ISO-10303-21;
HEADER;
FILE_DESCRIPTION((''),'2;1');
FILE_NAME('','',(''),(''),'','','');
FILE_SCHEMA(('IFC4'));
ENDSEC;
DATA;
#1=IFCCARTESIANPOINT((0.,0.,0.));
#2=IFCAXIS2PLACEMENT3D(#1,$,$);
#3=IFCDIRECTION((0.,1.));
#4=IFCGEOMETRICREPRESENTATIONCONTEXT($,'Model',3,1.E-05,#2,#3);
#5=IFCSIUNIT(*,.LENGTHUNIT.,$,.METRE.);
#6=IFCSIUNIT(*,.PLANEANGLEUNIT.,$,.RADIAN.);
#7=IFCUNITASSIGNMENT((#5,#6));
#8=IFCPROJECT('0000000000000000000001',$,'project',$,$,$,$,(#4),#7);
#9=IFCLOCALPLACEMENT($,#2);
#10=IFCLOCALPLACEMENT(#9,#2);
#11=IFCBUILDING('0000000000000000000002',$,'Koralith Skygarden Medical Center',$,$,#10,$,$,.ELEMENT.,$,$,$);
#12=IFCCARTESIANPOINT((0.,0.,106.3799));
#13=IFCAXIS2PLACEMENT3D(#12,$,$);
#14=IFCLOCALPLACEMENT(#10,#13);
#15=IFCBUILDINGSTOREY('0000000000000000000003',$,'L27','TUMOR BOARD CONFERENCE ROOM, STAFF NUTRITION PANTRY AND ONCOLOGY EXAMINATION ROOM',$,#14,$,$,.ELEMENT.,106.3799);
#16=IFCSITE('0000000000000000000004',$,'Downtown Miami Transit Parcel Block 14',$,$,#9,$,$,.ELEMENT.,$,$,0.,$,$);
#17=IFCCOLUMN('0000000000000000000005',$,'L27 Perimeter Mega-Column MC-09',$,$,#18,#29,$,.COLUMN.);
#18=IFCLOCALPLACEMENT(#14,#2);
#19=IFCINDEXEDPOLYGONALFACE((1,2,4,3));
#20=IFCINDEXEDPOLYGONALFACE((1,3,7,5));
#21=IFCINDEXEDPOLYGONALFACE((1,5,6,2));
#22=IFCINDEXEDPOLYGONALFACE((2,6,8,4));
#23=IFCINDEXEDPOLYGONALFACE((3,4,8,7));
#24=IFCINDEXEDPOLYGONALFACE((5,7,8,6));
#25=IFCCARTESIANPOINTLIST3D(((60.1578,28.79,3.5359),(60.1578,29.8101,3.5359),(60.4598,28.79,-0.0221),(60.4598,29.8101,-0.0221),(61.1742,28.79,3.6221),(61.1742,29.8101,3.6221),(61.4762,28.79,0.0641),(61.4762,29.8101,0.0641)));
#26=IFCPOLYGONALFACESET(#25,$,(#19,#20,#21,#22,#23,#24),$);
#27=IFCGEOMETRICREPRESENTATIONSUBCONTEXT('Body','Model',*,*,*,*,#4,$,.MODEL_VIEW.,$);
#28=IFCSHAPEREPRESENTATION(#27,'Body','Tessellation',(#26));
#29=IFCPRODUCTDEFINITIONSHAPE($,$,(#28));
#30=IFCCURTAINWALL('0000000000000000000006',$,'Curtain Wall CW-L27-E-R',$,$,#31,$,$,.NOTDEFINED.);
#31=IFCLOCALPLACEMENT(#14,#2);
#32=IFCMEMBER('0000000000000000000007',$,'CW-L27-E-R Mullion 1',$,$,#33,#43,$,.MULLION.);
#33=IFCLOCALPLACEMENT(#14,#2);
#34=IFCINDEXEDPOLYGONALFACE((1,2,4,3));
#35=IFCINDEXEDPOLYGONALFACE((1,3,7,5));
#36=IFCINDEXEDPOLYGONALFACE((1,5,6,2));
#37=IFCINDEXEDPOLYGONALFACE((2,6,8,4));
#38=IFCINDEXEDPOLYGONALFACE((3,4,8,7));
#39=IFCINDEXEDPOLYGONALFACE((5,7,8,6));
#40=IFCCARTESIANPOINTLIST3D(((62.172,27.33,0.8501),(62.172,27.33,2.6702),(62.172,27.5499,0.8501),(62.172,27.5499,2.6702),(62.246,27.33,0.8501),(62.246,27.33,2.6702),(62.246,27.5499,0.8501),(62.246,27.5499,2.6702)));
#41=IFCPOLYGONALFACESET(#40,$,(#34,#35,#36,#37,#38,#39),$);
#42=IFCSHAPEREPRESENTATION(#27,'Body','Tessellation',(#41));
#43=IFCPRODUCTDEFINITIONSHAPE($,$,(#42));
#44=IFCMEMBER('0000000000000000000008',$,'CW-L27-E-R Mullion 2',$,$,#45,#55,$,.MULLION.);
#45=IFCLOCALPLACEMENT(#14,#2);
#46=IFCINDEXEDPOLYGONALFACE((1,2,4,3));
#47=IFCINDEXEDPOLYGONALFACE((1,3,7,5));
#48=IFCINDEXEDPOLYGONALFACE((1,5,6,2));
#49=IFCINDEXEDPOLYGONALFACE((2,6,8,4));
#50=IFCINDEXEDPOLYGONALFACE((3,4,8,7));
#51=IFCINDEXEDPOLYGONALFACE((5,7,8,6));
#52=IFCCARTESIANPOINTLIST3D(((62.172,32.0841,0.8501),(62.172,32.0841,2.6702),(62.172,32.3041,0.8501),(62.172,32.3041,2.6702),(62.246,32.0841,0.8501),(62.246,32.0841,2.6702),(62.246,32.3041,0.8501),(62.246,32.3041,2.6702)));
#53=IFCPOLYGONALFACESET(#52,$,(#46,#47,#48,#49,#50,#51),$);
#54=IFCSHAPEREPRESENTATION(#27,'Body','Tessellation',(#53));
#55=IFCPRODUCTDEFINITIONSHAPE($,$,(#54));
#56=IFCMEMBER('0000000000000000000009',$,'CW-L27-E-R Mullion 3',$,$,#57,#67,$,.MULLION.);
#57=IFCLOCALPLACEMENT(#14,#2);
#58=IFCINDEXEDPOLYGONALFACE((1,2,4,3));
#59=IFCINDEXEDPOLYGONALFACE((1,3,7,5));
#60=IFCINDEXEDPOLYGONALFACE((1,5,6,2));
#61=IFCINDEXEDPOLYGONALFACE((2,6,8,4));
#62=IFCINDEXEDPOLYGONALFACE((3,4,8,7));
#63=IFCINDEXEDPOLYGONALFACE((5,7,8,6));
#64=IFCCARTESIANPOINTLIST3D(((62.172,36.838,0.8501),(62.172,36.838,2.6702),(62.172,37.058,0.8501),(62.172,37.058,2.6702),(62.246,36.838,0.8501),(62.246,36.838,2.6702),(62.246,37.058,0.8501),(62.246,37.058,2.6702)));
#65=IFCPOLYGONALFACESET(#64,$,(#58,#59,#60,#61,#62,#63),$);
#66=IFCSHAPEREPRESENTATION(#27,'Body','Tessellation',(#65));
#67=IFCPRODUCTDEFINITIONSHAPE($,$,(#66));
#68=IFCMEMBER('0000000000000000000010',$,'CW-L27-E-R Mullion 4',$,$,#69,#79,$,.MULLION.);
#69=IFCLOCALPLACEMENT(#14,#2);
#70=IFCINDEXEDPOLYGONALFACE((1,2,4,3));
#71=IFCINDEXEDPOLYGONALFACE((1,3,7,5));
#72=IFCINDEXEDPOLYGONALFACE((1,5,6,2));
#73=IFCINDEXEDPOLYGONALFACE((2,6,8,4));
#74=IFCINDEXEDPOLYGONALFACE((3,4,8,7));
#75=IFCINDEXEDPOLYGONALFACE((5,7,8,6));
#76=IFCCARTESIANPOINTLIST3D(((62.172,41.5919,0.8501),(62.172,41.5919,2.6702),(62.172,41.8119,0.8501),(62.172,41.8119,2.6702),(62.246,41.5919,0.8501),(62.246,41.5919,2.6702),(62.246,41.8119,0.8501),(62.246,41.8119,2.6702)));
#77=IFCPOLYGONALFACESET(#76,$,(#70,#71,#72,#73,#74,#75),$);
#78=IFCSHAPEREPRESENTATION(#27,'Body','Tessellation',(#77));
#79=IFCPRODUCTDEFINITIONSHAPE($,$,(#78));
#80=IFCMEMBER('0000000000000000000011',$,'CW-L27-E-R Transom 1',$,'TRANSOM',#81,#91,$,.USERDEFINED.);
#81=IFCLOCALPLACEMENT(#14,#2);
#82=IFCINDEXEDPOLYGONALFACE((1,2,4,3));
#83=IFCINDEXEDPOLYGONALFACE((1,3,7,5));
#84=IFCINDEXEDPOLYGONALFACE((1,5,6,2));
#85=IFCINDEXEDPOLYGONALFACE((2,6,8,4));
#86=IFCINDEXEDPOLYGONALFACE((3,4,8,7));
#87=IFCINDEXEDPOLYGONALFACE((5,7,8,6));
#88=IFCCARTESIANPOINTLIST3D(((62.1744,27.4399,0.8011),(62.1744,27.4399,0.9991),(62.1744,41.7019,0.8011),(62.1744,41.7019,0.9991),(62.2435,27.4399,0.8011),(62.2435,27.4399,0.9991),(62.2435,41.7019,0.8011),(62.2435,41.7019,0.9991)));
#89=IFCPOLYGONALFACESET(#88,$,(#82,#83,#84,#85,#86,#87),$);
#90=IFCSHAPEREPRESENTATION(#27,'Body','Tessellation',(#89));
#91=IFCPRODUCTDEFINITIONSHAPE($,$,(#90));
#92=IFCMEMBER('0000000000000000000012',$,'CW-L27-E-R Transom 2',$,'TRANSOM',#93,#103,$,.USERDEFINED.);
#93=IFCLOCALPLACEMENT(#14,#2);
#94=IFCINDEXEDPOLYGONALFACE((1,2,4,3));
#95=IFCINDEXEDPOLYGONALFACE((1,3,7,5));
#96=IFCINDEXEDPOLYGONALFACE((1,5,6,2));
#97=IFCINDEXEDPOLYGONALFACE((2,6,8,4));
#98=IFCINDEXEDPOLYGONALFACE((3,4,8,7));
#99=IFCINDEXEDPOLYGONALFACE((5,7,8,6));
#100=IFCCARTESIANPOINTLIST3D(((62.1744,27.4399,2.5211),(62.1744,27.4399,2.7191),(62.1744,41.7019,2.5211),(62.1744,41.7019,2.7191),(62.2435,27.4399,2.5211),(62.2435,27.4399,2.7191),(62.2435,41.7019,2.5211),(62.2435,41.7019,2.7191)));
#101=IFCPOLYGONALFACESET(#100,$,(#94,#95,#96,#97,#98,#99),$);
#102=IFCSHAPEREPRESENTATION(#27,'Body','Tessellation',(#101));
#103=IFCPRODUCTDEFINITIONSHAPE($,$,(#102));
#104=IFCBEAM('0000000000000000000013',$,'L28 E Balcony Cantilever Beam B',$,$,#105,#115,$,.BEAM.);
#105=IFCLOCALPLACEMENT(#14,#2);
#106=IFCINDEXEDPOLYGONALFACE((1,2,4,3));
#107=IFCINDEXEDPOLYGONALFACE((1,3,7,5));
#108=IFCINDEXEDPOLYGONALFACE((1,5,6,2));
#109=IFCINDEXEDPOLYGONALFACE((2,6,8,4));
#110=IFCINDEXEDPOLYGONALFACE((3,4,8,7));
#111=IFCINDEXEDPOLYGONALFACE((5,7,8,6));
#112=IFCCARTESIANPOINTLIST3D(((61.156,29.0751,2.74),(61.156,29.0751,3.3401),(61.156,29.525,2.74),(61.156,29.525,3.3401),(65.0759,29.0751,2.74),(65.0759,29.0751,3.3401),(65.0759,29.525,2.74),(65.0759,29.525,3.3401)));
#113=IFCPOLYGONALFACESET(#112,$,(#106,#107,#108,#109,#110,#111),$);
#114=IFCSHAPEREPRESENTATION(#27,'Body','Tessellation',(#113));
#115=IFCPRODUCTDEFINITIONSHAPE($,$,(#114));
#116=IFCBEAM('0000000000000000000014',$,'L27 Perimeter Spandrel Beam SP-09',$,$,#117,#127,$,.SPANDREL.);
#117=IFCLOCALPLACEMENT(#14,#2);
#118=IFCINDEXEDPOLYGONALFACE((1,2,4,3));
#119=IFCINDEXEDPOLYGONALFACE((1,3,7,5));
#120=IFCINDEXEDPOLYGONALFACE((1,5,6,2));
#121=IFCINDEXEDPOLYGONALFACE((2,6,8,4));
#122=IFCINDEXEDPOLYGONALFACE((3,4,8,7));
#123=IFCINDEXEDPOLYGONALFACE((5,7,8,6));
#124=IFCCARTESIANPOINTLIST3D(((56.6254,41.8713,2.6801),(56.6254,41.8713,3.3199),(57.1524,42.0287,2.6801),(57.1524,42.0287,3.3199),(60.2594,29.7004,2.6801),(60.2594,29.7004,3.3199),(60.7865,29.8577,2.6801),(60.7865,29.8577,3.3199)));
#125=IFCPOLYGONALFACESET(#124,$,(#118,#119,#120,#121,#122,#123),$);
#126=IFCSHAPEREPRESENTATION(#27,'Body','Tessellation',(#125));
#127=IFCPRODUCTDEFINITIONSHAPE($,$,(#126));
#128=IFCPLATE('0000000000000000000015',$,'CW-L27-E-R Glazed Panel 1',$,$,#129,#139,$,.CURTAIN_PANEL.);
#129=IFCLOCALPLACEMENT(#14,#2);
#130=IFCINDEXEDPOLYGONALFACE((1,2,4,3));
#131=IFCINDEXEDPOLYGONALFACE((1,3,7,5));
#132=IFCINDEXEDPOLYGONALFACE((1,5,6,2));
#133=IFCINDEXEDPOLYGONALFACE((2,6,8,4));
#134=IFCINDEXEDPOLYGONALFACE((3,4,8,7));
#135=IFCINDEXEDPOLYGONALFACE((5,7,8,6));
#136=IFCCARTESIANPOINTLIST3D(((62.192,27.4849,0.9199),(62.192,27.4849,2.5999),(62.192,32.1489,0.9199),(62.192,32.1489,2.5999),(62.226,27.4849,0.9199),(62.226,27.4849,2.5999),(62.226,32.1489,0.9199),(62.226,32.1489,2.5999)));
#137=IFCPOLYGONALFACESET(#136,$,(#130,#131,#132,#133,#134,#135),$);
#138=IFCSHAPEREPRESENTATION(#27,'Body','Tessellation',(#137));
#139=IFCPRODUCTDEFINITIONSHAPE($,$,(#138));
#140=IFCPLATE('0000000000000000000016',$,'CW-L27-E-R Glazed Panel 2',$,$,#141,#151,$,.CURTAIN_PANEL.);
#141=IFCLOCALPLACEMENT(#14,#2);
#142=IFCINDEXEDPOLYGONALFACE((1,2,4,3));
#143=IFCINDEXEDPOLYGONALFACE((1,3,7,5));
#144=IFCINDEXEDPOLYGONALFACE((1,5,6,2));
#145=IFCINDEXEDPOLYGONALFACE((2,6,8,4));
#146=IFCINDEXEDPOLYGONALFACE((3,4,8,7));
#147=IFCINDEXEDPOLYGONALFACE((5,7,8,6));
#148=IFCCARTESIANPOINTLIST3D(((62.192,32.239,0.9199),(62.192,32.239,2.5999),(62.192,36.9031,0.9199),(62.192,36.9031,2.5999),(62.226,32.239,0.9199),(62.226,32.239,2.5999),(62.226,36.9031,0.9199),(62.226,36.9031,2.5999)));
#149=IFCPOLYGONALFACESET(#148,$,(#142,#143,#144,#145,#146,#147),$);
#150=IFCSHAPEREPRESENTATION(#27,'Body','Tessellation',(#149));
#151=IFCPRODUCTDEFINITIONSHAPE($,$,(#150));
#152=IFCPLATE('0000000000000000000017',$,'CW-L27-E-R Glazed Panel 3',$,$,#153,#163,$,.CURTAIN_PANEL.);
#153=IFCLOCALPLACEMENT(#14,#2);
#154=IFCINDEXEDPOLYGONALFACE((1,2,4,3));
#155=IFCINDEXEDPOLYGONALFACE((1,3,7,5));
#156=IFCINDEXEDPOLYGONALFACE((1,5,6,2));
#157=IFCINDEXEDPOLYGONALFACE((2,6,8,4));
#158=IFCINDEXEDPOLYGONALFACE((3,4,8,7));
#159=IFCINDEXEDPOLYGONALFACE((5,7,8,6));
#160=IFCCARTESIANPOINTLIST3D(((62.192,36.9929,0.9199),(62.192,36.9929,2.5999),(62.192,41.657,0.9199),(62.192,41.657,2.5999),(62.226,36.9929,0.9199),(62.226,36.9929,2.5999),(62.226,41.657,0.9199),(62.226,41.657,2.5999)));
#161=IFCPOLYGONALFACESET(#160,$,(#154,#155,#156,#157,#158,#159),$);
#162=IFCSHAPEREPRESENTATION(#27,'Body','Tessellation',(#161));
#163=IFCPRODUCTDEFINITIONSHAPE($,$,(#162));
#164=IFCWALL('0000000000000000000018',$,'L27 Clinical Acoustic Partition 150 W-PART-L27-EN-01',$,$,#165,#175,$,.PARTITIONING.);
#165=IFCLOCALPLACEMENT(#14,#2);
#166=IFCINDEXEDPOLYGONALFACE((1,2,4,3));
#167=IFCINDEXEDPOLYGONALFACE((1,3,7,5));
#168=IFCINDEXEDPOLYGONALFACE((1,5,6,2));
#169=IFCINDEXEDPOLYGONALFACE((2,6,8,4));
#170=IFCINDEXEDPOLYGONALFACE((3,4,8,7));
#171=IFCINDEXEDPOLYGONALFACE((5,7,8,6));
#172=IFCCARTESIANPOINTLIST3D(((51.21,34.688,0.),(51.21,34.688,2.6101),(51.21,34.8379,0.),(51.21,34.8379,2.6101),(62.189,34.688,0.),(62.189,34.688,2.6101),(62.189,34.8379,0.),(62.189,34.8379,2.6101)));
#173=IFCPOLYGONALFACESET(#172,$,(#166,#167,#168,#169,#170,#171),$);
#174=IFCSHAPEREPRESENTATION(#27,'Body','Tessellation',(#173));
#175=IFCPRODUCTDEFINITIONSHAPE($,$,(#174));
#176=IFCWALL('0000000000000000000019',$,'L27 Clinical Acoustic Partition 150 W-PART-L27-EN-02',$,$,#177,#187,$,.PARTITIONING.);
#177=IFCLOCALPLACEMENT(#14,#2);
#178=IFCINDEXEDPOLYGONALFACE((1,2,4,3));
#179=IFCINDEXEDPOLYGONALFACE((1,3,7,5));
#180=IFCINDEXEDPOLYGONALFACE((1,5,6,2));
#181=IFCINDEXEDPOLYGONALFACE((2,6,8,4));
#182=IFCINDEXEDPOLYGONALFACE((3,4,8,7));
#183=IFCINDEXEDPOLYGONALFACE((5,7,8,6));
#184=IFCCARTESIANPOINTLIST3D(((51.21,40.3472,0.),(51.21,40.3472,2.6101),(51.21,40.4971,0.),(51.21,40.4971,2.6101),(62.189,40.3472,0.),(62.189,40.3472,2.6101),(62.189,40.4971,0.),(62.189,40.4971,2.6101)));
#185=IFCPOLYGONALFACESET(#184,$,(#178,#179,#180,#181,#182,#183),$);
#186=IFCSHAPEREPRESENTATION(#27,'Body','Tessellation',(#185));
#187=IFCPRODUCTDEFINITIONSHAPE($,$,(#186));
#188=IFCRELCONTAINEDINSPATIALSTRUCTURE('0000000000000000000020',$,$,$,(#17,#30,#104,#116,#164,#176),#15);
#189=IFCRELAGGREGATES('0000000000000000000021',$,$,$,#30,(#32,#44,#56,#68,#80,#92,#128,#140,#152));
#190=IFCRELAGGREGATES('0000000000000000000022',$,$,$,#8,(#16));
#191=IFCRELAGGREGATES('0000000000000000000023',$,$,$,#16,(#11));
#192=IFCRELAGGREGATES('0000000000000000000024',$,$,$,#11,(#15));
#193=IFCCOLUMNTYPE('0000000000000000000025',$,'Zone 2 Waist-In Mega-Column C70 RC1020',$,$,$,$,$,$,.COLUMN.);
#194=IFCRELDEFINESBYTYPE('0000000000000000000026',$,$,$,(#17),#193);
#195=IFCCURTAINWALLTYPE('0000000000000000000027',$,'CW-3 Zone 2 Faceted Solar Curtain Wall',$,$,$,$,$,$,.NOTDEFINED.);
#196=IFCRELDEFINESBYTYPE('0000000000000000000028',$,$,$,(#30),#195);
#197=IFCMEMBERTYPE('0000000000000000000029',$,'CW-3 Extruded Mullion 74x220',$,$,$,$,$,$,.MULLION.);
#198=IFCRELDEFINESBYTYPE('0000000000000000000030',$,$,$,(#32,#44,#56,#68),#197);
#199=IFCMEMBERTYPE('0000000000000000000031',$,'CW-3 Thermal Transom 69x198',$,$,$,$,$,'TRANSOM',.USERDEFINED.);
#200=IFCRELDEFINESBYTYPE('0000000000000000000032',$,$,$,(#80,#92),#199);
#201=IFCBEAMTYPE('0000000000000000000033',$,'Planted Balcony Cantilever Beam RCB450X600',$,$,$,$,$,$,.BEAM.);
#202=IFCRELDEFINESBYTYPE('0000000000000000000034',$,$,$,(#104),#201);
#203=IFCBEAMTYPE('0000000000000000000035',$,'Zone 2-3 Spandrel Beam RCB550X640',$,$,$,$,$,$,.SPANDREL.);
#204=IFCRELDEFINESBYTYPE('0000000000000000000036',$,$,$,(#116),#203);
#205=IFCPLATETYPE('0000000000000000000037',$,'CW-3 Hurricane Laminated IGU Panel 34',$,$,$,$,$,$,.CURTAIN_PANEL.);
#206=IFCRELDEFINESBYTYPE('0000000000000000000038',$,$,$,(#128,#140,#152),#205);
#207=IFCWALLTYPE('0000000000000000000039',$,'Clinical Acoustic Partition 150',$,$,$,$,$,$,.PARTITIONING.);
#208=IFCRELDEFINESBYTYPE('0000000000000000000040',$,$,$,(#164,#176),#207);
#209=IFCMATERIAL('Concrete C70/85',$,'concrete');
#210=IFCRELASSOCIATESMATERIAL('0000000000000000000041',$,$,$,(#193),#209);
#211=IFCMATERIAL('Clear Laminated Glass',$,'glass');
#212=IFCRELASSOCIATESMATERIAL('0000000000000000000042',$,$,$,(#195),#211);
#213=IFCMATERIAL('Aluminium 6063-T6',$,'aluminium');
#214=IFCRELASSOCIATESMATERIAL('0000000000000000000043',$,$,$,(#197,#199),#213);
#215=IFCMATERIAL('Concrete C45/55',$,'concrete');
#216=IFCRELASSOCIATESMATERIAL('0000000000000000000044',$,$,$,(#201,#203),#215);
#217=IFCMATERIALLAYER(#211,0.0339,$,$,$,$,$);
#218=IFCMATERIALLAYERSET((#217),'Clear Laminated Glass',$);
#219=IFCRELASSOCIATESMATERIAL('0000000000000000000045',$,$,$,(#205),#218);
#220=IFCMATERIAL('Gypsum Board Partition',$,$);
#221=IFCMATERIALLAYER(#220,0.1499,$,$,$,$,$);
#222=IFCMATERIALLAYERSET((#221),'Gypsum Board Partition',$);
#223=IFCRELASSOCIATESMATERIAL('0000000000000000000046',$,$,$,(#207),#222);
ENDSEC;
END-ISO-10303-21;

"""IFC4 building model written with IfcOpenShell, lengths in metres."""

from ifc_helpers import new_model, si_unit, direction, frame, frame_2d, origin, origin_2d, place, context, subcontext, project, spatial, rectangle, extrude, material, layer, layer_set, material_profile, profile_set, type_object, element, aggregate, save


model = new_model("IFC4")

# Units and contexts
model_context = context("Model", 3, precision=1e-05, world=origin(), true_north=direction((0.0, 1.0)))
body_context = subcontext(model_context, "Body", "Model", "MODEL_VIEW")
ifc_project = project(units=[si_unit("LENGTHUNIT", "METRE"), si_unit("PLANEANGLEUNIT", "RADIAN")], contexts=[model_context])

# Site, building, storey
site_placement = place(None, origin())
site = spatial("IfcSite", under=ifc_project, at=site_placement, Name="Downtown Miami Transit Parcel Block 14", CompositionType="ELEMENT", RefElevation=0.0)
building_placement = place(site_placement, origin())
building = spatial("IfcBuilding", under=site, at=building_placement, Name="Koralith Skygarden Medical Center", CompositionType="ELEMENT")
storey_placement = place(building_placement, frame((0.0, 0.0, 106.3799)))
storey = spatial("IfcBuildingStorey", under=building, at=storey_placement, Name="L27", Description="TUMOR BOARD CONFERENCE ROOM, STAFF NUTRITION PANTRY AND ONCOLOGY EXAMINATION ROOM", CompositionType="ELEMENT", Elevation=106.3799)

# Column
ifc_material_1 = material(Name="Concrete C70/85", Category="concrete")
ifc_material_profile_1 = material_profile(ifc_material_1, rectangle(XDim=1.02, YDim=1.02, at=origin_2d()), Name="RC1020X1020")
ifc_profile_set_1 = profile_set([ifc_material_profile_1], Name="Concrete C70/85")
column_type = type_object("IfcColumnType", Name="Zone 2 Waist-In Mega-Column C70 RC1020", PredefinedType="COLUMN", material=ifc_profile_set_1)
column_placement = place(storey_placement, frame((60.968, 29.3, 0.021), z_axis=(-0.084573, 0.0, 0.996417), x_axis=(0.0, -1.0, 0.0)))
element("IfcColumn", 1, at=column_placement, inside=storey, type_object=column_type, Name="L27 Perimeter Mega-Column MC-09", PredefinedType="COLUMN", context=body_context, shape_type="SweptSolid", body=[
    extrude(rectangle(XDim=1.02, YDim=1.02, at=origin_2d()), origin(), (0.0, 0.0, 1.0), 3.5708),
])

# Curtain wall, members
ifc_material_2 = material(Name="Clear Laminated Glass", Category="glass")
curtain_wall_type = type_object("IfcCurtainWallType", Name="CW-3 Zone 2 Faceted Solar Curtain Wall", PredefinedType="NOTDEFINED", material=ifc_material_2)
curtain_wall_placement = place(storey_placement, origin())
curtain_wall = element("IfcCurtainWall", 2, at=curtain_wall_placement, inside=storey, type_object=curtain_wall_type, Name="Curtain Wall CW-L27-E-R", PredefinedType="NOTDEFINED")
ifc_material_3 = material(Name="Aluminium 6063-T6", Category="aluminium")
ifc_material_profile_2 = material_profile(ifc_material_3, rectangle(XDim=0.074, YDim=0.22, at=origin_2d()), Name="MUL74X220")
ifc_profile_set_2 = profile_set([ifc_material_profile_2], Name="Aluminium 6063-T6")
member_type_1 = type_object("IfcMemberType", Name="CW-3 Extruded Mullion 74x220", PredefinedType="MULLION", material=ifc_profile_set_2)
member_1_placement = place(storey_placement, frame((62.209, 27.4399, 0.8501), z_axis=(0.0, 0.0, 1.0), x_axis=(1.0, 0.0, 0.0)))
member_1 = element("IfcMember", 3, at=member_1_placement, type_object=member_type_1, Name="CW-L27-E-R Mullion 1", PredefinedType="MULLION", context=body_context, shape_type="SweptSolid", body=[
    extrude(rectangle(XDim=0.074, YDim=0.22, at=origin_2d()), origin(), (0.0, 0.0, 1.0), 1.8201),
])
member_2_placement = place(storey_placement, frame((62.209, 32.1941, 0.8501), z_axis=(0.0, 0.0, 1.0), x_axis=(1.0, 0.0, 0.0)))
member_2 = element("IfcMember", 4, at=member_2_placement, type_object=member_type_1, Name="CW-L27-E-R Mullion 2", PredefinedType="MULLION", context=body_context, shape_type="SweptSolid", body=[
    extrude(rectangle(XDim=0.074, YDim=0.22, at=origin_2d()), origin(), (0.0, 0.0, 1.0), 1.8201),
])
member_3_placement = place(storey_placement, frame((62.209, 36.948, 0.8501), z_axis=(0.0, 0.0, 1.0), x_axis=(1.0, 0.0, 0.0)))
member_3 = element("IfcMember", 5, at=member_3_placement, type_object=member_type_1, Name="CW-L27-E-R Mullion 3", PredefinedType="MULLION", context=body_context, shape_type="SweptSolid", body=[
    extrude(rectangle(XDim=0.074, YDim=0.22, at=origin_2d()), origin(), (0.0, 0.0, 1.0), 1.8201),
])
member_4_placement = place(storey_placement, frame((62.209, 41.7019, 0.8501), z_axis=(0.0, 0.0, 1.0), x_axis=(1.0, 0.0, 0.0)))
member_4 = element("IfcMember", 6, at=member_4_placement, type_object=member_type_1, Name="CW-L27-E-R Mullion 4", PredefinedType="MULLION", context=body_context, shape_type="SweptSolid", body=[
    extrude(rectangle(XDim=0.074, YDim=0.22, at=origin_2d()), origin(), (0.0, 0.0, 1.0), 1.8201),
])
ifc_material_profile_3 = material_profile(ifc_material_3, rectangle(XDim=0.0691, YDim=0.198, at=origin_2d()), Name="TRN69X198")
ifc_profile_set_3 = profile_set([ifc_material_profile_3], Name="Aluminium 6063-T6")
member_type_2 = type_object("IfcMemberType", Name="CW-3 Thermal Transom 69x198", ElementType="TRANSOM", PredefinedType="USERDEFINED", material=ifc_profile_set_3)
member_5_placement = place(storey_placement, frame((62.209, 27.4399, 0.9001), z_axis=(0.0, 1.0, 0.0), x_axis=(-1.0, 0.0, 0.0)))
member_5 = element("IfcMember", 7, at=member_5_placement, type_object=member_type_2, Name="CW-L27-E-R Transom 1", ObjectType="TRANSOM", PredefinedType="USERDEFINED", context=body_context, shape_type="SweptSolid", body=[
    extrude(rectangle(XDim=0.0691, YDim=0.198, at=origin_2d()), origin(), (0.0, 0.0, 1.0), 14.262),
])
member_6_placement = place(storey_placement, frame((62.209, 27.4399, 2.6201), z_axis=(0.0, 1.0, 0.0), x_axis=(-1.0, 0.0, 0.0)))
member_6 = element("IfcMember", 8, at=member_6_placement, type_object=member_type_2, Name="CW-L27-E-R Transom 2", ObjectType="TRANSOM", PredefinedType="USERDEFINED", context=body_context, shape_type="SweptSolid", body=[
    extrude(rectangle(XDim=0.0691, YDim=0.198, at=origin_2d()), origin(), (0.0, 0.0, 1.0), 14.262),
])

# Beams
ifc_material_4 = material(Name="Concrete C45/55", Category="concrete")
ifc_material_profile_4 = material_profile(ifc_material_4, rectangle(XDim=0.45, YDim=0.6001, at=origin_2d()), Name="RCB450X600")
ifc_profile_set_4 = profile_set([ifc_material_profile_4], Name="Concrete C45/55")
beam_type_1 = type_object("IfcBeamType", Name="Planted Balcony Cantilever Beam RCB450X600", PredefinedType="BEAM", material=ifc_profile_set_4)
beam_1_placement = place(storey_placement, frame((61.156, 29.3, 3.04), z_axis=(1.0, 0.0, 0.0), x_axis=(0.0, 1.0, 0.0)))
element("IfcBeam", 9, at=beam_1_placement, inside=storey, type_object=beam_type_1, Name="L28 E Balcony Cantilever Beam B", PredefinedType="BEAM", context=body_context, shape_type="SweptSolid", body=[
    extrude(rectangle(XDim=0.45, YDim=0.6001, at=origin_2d()), origin(), (0.0, 0.0, 1.0), 3.9199),
])
ifc_material_profile_5 = material_profile(ifc_material_4, rectangle(XDim=0.55, YDim=0.6399, at=origin_2d()), Name="RCB550X640")
ifc_profile_set_5 = profile_set([ifc_material_profile_5], Name="Concrete C45/55")
beam_type_2 = type_object("IfcBeamType", Name="Zone 2-3 Spandrel Beam RCB550X640", PredefinedType="SPANDREL", material=ifc_profile_set_5)
beam_2_placement = place(storey_placement, frame((60.5229, 29.7791, 3.0), z_axis=(-0.286103, 0.958199, 0.0), x_axis=(-0.958199, -0.286103, 0.0)))
element("IfcBeam", 10, at=beam_2_placement, inside=storey, type_object=beam_type_2, Name="L27 Perimeter Spandrel Beam SP-09", PredefinedType="SPANDREL", context=body_context, shape_type="SweptSolid", body=[
    extrude(rectangle(XDim=0.55, YDim=0.6399, at=origin_2d()), origin(), (0.0, 0.0, 1.0), 12.7019),
])

# Plates
ifc_layer_1 = layer(ifc_material_2, 0.0339)
ifc_layer_set_1 = layer_set([ifc_layer_1], Name="Clear Laminated Glass")
plate_type = type_object("IfcPlateType", Name="CW-3 Hurricane Laminated IGU Panel 34", PredefinedType="CURTAIN_PANEL", material=ifc_layer_set_1)
plate_1_placement = place(storey_placement, frame((62.209, 29.8169, 0.9199), z_axis=(0.0, 0.0, 1.0), x_axis=(0.0, 1.0, 0.0)))
plate_1 = element("IfcPlate", 11, at=plate_1_placement, type_object=plate_type, Name="CW-L27-E-R Glazed Panel 1", PredefinedType="CURTAIN_PANEL", context=body_context, shape_type="SweptSolid", body=[
    extrude(rectangle(XDim=4.6641, YDim=0.0339, at=origin_2d()), origin(), (0.0, 0.0, 1.0), 1.6799),
])
plate_2_placement = place(storey_placement, frame((62.209, 34.571, 0.9199), z_axis=(0.0, 0.0, 1.0), x_axis=(0.0, 1.0, 0.0)))
plate_2 = element("IfcPlate", 12, at=plate_2_placement, type_object=plate_type, Name="CW-L27-E-R Glazed Panel 2", PredefinedType="CURTAIN_PANEL", context=body_context, shape_type="SweptSolid", body=[
    extrude(rectangle(XDim=4.6641, YDim=0.0339, at=origin_2d()), origin(), (0.0, 0.0, 1.0), 1.6799),
])
plate_3_placement = place(storey_placement, frame((62.209, 39.325, 0.9199), z_axis=(0.0, 0.0, 1.0), x_axis=(0.0, 1.0, 0.0)))
plate_3 = element("IfcPlate", 13, at=plate_3_placement, type_object=plate_type, Name="CW-L27-E-R Glazed Panel 3", PredefinedType="CURTAIN_PANEL", context=body_context, shape_type="SweptSolid", body=[
    extrude(rectangle(XDim=4.6641, YDim=0.0339, at=origin_2d()), origin(), (0.0, 0.0, 1.0), 1.6799),
])
aggregate(curtain_wall, [member_1, member_2, member_3, member_4, member_5, member_6, plate_1, plate_2, plate_3])

# Walls
ifc_material_5 = material(Name="Gypsum Board Partition")
ifc_layer_2 = layer(ifc_material_5, 0.1499)
ifc_layer_set_2 = layer_set([ifc_layer_2], Name="Gypsum Board Partition")
wall_type_1 = type_object("IfcWallType", Name="Clinical Acoustic Partition 150", PredefinedType="PARTITIONING", material=ifc_layer_set_2)
for number, where, z_axis, x_axis, name in (
    (14, (51.21, 34.7629, 0.0), (0.0, 0.0, 1.0), (1.0, 0.0, 0.0), "L27 Clinical Acoustic Partition 150 W-PART-L27-EN-01"),
    (15, (51.21, 40.4221, 0.0), (0.0, 0.0, 1.0), (1.0, 0.0, 0.0), "L27 Clinical Acoustic Partition 150 W-PART-L27-EN-02"),
):
    element("IfcWall", number, at=place(storey_placement, frame(where, z_axis=z_axis, x_axis=x_axis)), inside=storey, type_object=wall_type_1, Name=name, PredefinedType="PARTITIONING", context=body_context, shape_type="SweptSolid", body=[
        extrude(rectangle(XDim=10.979, YDim=0.1499, at=frame_2d((5.4895, 0.0))), origin(), (0.0, 0.0, 1.0), 2.6101),
    ])

save(model, "model.ifc")
